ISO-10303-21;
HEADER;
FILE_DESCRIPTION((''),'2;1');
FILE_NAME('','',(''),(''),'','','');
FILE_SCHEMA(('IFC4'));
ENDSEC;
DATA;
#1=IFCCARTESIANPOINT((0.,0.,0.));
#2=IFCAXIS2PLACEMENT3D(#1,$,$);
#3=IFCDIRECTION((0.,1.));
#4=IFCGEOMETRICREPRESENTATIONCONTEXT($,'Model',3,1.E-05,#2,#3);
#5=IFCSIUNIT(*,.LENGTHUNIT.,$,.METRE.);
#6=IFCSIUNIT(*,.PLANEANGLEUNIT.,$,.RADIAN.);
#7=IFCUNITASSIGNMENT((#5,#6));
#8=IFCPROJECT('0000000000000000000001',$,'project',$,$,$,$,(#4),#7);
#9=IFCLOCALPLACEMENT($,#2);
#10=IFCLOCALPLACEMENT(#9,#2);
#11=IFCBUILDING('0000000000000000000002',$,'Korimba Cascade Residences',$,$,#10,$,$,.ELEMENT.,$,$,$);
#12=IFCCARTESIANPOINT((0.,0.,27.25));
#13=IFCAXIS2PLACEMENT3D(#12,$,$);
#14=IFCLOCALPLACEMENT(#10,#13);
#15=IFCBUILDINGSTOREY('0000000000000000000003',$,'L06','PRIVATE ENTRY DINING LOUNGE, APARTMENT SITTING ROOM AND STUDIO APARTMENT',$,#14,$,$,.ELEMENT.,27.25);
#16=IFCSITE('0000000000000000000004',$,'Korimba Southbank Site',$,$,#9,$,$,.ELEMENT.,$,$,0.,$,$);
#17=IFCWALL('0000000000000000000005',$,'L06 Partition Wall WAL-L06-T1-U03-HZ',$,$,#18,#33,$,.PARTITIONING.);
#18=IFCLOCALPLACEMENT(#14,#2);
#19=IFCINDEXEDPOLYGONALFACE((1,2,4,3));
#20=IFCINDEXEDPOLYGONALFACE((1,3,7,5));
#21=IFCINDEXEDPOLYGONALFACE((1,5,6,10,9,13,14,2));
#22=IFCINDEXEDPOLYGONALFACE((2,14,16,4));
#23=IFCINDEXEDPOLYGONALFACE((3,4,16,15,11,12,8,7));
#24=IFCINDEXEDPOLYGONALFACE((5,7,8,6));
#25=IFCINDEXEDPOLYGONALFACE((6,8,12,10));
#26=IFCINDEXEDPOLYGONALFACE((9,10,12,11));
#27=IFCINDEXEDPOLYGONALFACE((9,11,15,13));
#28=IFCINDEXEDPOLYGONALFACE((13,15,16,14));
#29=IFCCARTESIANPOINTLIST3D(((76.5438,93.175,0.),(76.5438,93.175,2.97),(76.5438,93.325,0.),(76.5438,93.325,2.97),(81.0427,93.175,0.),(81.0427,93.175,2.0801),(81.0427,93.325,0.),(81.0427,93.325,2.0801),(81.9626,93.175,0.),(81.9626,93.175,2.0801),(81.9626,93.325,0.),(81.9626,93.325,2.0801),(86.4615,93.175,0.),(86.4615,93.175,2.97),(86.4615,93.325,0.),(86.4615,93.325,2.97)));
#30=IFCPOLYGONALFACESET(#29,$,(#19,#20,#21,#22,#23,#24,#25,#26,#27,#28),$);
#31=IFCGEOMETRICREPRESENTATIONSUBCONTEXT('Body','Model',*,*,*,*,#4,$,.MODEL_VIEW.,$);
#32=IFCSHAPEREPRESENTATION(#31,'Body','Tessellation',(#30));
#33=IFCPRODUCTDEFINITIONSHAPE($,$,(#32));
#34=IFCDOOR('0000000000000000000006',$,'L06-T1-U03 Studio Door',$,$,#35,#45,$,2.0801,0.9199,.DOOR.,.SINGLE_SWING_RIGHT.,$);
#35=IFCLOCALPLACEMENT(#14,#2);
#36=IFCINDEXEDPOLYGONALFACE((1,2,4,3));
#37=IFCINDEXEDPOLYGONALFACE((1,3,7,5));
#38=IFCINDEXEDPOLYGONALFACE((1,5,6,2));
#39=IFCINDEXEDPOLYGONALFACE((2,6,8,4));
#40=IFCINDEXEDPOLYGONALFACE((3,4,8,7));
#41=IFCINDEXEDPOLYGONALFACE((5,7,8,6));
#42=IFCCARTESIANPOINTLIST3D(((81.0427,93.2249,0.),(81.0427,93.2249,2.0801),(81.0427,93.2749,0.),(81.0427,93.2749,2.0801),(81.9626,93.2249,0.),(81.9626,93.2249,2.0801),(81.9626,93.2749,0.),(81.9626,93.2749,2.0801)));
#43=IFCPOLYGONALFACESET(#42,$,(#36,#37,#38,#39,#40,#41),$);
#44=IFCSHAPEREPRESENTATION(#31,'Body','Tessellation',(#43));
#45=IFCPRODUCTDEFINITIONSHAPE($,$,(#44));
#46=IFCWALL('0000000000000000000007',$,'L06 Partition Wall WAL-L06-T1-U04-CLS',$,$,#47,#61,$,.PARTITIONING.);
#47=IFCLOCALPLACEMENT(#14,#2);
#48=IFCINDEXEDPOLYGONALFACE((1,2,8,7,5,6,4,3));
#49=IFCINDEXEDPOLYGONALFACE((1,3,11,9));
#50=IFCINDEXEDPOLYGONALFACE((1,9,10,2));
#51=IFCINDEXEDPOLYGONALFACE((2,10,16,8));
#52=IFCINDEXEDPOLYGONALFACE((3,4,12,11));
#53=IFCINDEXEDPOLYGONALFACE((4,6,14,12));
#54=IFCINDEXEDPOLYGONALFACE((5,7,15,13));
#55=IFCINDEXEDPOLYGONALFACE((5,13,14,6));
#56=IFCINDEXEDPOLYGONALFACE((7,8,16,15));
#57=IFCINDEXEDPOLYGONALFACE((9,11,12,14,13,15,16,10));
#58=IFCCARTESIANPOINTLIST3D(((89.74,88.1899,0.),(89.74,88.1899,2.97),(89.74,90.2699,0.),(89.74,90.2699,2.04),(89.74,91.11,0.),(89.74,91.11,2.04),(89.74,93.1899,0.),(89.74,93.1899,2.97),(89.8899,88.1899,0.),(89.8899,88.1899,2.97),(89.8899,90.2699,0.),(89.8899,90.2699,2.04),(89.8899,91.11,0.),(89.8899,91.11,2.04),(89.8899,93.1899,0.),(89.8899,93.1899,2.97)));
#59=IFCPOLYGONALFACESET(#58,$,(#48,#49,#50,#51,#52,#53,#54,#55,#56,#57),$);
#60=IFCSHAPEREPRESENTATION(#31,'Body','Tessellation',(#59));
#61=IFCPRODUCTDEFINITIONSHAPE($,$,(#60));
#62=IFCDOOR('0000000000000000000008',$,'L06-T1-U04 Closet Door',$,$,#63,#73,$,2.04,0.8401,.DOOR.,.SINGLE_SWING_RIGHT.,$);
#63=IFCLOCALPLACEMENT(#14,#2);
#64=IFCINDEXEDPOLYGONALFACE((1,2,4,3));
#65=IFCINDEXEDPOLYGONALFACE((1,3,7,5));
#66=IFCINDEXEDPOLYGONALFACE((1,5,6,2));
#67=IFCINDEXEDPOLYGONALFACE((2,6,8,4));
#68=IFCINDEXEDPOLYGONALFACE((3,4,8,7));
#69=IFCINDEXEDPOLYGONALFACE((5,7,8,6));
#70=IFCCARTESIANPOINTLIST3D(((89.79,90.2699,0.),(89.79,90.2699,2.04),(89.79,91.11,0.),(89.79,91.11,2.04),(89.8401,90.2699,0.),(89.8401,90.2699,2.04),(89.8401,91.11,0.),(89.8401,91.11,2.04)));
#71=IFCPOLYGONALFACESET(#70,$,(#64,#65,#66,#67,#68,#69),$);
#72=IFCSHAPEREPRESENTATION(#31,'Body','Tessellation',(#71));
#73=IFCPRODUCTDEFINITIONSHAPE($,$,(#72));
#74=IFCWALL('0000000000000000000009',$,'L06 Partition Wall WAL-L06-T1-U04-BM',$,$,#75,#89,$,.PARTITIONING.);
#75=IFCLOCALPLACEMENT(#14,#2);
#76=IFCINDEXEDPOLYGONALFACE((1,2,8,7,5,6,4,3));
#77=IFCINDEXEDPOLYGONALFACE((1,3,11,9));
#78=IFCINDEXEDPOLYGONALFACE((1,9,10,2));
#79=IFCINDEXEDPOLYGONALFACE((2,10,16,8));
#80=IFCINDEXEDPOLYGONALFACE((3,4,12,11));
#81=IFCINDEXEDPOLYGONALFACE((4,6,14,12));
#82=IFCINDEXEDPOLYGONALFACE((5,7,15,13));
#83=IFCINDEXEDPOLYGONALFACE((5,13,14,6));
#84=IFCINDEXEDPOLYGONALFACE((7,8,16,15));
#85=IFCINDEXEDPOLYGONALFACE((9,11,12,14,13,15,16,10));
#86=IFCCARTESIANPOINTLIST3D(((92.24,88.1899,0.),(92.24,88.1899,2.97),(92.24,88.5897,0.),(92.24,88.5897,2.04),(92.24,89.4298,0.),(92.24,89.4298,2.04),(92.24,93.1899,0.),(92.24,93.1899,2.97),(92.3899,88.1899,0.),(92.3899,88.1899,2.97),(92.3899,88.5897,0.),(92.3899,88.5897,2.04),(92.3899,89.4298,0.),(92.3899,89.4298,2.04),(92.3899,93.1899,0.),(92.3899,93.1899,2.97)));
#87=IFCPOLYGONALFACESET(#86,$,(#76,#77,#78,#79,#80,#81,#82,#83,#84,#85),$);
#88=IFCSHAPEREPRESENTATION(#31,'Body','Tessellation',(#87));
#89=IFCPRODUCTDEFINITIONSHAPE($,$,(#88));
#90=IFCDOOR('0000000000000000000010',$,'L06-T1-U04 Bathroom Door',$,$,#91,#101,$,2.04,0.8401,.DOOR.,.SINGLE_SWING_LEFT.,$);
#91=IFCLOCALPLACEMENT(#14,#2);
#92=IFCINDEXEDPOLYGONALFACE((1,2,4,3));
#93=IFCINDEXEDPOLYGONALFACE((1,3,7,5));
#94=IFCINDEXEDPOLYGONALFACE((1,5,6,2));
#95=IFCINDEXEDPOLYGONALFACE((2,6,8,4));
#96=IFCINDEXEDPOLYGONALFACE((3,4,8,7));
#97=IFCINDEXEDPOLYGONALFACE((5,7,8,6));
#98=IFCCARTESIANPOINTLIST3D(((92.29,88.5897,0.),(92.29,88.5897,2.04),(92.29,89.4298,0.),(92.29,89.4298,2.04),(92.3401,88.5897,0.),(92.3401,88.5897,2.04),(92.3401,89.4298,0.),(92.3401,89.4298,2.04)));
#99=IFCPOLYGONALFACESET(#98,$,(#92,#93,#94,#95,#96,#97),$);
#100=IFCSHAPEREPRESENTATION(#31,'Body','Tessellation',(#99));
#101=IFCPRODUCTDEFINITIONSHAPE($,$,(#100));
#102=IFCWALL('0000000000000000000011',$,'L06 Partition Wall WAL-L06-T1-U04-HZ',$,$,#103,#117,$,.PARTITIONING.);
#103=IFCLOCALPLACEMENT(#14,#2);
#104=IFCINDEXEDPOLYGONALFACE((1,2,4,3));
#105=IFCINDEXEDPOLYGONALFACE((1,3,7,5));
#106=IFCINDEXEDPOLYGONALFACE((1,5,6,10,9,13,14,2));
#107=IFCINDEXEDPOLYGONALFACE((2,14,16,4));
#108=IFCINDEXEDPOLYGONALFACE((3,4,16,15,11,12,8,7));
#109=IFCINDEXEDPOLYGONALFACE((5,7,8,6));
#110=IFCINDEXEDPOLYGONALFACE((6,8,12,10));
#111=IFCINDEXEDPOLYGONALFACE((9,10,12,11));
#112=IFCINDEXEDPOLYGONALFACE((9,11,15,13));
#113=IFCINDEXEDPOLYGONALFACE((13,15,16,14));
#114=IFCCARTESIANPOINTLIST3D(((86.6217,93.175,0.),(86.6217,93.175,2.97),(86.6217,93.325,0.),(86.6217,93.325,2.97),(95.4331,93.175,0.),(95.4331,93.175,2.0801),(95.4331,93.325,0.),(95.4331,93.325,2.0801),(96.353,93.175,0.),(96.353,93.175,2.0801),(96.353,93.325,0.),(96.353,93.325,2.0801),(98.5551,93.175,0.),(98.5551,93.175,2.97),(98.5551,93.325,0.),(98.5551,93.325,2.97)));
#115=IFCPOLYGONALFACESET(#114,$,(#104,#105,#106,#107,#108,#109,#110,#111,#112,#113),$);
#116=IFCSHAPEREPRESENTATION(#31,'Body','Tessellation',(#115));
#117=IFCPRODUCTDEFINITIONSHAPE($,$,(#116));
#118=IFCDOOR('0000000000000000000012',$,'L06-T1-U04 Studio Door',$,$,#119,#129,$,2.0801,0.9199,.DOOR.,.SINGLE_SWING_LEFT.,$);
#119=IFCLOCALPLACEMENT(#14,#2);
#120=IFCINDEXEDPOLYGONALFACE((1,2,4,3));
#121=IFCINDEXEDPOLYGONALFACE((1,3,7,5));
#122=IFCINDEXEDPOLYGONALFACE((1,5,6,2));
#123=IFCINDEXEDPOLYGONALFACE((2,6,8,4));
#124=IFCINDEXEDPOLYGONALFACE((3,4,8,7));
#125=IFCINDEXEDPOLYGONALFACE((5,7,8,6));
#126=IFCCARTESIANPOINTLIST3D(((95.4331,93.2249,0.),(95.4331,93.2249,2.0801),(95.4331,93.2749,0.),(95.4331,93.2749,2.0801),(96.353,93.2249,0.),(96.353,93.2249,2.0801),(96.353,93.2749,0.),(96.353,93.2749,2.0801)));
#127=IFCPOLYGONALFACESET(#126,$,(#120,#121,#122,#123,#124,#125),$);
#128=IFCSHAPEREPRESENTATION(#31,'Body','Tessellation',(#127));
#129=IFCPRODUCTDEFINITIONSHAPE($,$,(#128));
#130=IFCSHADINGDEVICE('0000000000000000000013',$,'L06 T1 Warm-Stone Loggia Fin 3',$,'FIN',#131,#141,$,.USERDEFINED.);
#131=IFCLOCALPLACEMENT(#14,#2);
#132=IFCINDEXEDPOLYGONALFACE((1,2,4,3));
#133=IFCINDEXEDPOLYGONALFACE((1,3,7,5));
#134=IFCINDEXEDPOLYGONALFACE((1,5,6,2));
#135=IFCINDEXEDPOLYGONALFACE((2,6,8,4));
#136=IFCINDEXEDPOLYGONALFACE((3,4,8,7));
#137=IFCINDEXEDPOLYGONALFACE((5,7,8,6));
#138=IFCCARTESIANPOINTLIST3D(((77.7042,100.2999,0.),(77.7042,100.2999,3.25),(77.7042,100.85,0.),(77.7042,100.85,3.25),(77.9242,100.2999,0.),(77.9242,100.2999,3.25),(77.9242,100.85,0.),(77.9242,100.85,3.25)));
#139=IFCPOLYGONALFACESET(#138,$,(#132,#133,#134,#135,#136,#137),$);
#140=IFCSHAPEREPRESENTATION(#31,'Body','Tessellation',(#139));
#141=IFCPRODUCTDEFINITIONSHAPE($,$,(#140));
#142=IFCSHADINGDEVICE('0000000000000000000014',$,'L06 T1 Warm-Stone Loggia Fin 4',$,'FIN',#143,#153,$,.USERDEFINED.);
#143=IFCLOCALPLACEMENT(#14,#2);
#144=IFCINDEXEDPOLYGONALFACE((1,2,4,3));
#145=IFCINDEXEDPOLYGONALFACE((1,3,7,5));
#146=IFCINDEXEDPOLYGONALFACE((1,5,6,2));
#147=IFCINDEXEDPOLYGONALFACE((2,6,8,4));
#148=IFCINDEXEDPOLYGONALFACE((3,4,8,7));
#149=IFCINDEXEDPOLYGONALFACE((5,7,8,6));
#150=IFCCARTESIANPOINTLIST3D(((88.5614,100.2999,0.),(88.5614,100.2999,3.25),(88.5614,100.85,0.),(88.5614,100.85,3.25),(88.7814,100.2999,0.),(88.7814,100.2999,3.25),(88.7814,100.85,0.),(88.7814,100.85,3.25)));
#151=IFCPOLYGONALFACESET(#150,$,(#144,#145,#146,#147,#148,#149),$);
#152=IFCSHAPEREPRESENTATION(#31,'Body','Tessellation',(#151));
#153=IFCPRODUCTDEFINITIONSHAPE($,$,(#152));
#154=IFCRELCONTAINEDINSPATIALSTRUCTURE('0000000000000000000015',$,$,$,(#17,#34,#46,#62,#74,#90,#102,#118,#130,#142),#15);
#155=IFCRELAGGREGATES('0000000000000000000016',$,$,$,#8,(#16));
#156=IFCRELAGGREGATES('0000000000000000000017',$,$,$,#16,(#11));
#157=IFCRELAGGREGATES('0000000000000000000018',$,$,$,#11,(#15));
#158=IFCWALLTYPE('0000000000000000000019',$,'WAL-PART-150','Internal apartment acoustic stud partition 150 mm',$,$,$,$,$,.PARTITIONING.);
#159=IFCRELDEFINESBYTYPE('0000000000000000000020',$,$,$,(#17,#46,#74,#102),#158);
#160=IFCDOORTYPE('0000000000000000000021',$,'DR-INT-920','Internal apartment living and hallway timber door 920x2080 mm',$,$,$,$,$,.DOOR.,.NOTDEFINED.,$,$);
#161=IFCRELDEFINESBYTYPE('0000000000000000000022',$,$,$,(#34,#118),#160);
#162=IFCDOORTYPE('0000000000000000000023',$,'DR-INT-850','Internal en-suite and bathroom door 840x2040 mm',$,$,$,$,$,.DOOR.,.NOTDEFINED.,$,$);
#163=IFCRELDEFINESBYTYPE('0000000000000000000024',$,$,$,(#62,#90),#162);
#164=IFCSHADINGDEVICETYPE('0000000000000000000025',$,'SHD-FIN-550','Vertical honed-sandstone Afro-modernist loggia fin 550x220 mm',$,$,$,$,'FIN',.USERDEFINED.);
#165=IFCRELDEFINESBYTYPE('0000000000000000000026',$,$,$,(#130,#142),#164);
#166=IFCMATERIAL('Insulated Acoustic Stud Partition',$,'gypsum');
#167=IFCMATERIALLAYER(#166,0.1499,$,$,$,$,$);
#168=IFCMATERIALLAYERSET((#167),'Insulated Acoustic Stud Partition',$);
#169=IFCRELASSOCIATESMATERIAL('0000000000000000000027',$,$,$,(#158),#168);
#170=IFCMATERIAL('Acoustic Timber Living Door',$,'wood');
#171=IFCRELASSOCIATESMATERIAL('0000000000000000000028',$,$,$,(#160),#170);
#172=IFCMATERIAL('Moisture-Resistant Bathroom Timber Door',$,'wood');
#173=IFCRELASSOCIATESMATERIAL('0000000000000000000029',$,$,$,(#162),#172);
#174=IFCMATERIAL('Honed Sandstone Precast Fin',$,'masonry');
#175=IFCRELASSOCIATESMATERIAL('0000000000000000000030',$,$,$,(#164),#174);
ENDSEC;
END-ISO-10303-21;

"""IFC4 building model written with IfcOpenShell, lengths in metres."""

from ifc_helpers import new_model, si_unit, direction, frame, frame_2d, origin, origin_2d, place, context, subcontext, project, spatial, rectangle, extrude, material, layer, layer_set, type_object, element, fill, save


model = new_model("IFC4")

# Units and contexts
model_context = context("Model", 3, precision=1e-05, world=origin(), true_north=direction((0.0, 1.0)))
body_context = subcontext(model_context, "Body", "Model", "MODEL_VIEW")
ifc_project = project(units=[si_unit("LENGTHUNIT", "METRE"), si_unit("PLANEANGLEUNIT", "RADIAN")], contexts=[model_context])

# Site, building, storey
site_placement = place(None, origin())
site = spatial("IfcSite", under=ifc_project, at=site_placement, Name="Korimba Southbank Site", CompositionType="ELEMENT", RefElevation=0.0)
building_placement = place(site_placement, origin())
building = spatial("IfcBuilding", under=site, at=building_placement, Name="Korimba Cascade Residences", CompositionType="ELEMENT")
storey_placement = place(building_placement, frame((0.0, 0.0, 27.25)))
storey = spatial("IfcBuildingStorey", under=building, at=storey_placement, Name="L06", Description="PRIVATE ENTRY DINING LOUNGE, APARTMENT SITTING ROOM AND STUDIO APARTMENT", CompositionType="ELEMENT", Elevation=27.25)

# Walls, openings, doors
ifc_material_1 = material(Name="Insulated Acoustic Stud Partition", Category="gypsum")
ifc_layer = layer(ifc_material_1, 0.1499)
ifc_layer_set = layer_set([ifc_layer], Name="Insulated Acoustic Stud Partition")
wall_type = type_object("IfcWallType", Name="WAL-PART-150", Description="Internal apartment acoustic stud partition 150 mm", PredefinedType="PARTITIONING", material=ifc_layer_set)
wall_1_placement = place(storey_placement, frame((76.5437, 93.25, 0.0), z_axis=(0.0, 0.0, 1.0), x_axis=(1.0, 0.0, 0.0)))
wall_1 = element("IfcWall", 1, at=wall_1_placement, inside=storey, type_object=wall_type, Name="L06 Partition Wall WAL-L06-T1-U03-HZ", PredefinedType="PARTITIONING", context=body_context, shape_type="SweptSolid", body=[
    extrude(rectangle(XDim=9.9177, YDim=0.1499, at=frame_2d((4.959, 0.0))), origin(), (0.0, 0.0, 1.0), 2.97),
])
opening_1_placement = place(wall_1_placement, frame((4.499, 0.0, 0.0)))
opening_1 = element("IfcOpeningElement", 2, at=opening_1_placement, cuts=wall_1, PredefinedType="OPENING", context=body_context, shape_type="SweptSolid", body=[
    extrude(rectangle(XDim=0.9199, YDim=2.0801, at=frame_2d((0.46, 1.04))), frame((0.0, 0.085, 0.0), z_axis=(0.0, -1.0, 0.0), x_axis=(1.0, 0.0, 0.0)), (0.0, 0.0, 1.0), 0.1699),
])
ifc_material_2 = material(Name="Acoustic Timber Living Door", Category="wood")
door_type_1 = type_object("IfcDoorType", Name="DR-INT-920", Description="Internal apartment living and hallway timber door 920x2080 mm", OperationType="NOTDEFINED", PredefinedType="DOOR", material=ifc_material_2)
door_1_placement = place(opening_1_placement, origin())
door_1 = element("IfcDoor", 3, at=door_1_placement, inside=storey, type_object=door_type_1, Name="L06-T1-U03 Studio Door", OperationType="SINGLE_SWING_RIGHT", OverallHeight=2.0801, OverallWidth=0.9199, PredefinedType="DOOR", context=body_context, shape_type="SweptSolid", body=[
    extrude(rectangle(XDim=0.9199, YDim=2.0801, at=frame_2d((0.46, 1.04))), frame((0.0, 0.0249, 0.0), z_axis=(0.0, -1.0, 0.0), x_axis=(1.0, 0.0, 0.0)), (0.0, 0.0, 1.0), 0.05),
])
fill(opening_1, door_1)
wall_2_placement = place(storey_placement, frame((89.8149, 88.1899, 0.0), z_axis=(0.0, 0.0, 1.0), x_axis=(0.0, 1.0, 0.0)))
wall_2 = element("IfcWall", 4, at=wall_2_placement, inside=storey, type_object=wall_type, Name="L06 Partition Wall WAL-L06-T1-U04-CLS", PredefinedType="PARTITIONING", context=body_context, shape_type="SweptSolid", body=[
    extrude(rectangle(XDim=5.0, YDim=0.1499, at=frame_2d((2.5, 0.0))), origin(), (0.0, 0.0, 1.0), 2.97),
])
opening_2_placement = place(wall_2_placement, frame((2.0801, 0.0, 0.0)))
opening_2 = element("IfcOpeningElement", 5, at=opening_2_placement, cuts=wall_2, PredefinedType="OPENING", context=body_context, shape_type="SweptSolid", body=[
    extrude(rectangle(XDim=0.8401, YDim=2.04, at=frame_2d((0.4199, 1.02))), frame((0.0, 0.085, 0.0), z_axis=(0.0, -1.0, 0.0), x_axis=(1.0, 0.0, 0.0)), (0.0, 0.0, 1.0), 0.1699),
])
ifc_material_3 = material(Name="Moisture-Resistant Bathroom Timber Door", Category="wood")
door_type_2 = type_object("IfcDoorType", Name="DR-INT-850", Description="Internal en-suite and bathroom door 840x2040 mm", OperationType="NOTDEFINED", PredefinedType="DOOR", material=ifc_material_3)
door_2_placement = place(opening_2_placement, origin())
door_2 = element("IfcDoor", 6, at=door_2_placement, inside=storey, type_object=door_type_2, Name="L06-T1-U04 Closet Door", OperationType="SINGLE_SWING_RIGHT", OverallHeight=2.04, OverallWidth=0.8401, PredefinedType="DOOR", context=body_context, shape_type="SweptSolid", body=[
    extrude(rectangle(XDim=0.8401, YDim=2.04, at=frame_2d((0.4199, 1.02))), frame((0.0, 0.0249, 0.0), z_axis=(0.0, -1.0, 0.0), x_axis=(1.0, 0.0, 0.0)), (0.0, 0.0, 1.0), 0.05),
])
fill(opening_2, door_2)
wall_3_placement = place(storey_placement, frame((92.3149, 88.1899, 0.0), z_axis=(0.0, 0.0, 1.0), x_axis=(0.0, 1.0, 0.0)))
wall_3 = element("IfcWall", 7, at=wall_3_placement, inside=storey, type_object=wall_type, Name="L06 Partition Wall WAL-L06-T1-U04-BM", PredefinedType="PARTITIONING", context=body_context, shape_type="SweptSolid", body=[
    extrude(rectangle(XDim=5.0, YDim=0.1499, at=frame_2d((2.5, 0.0))), origin(), (0.0, 0.0, 1.0), 2.97),
])
opening_3_placement = place(wall_3_placement, frame((0.3999, 0.0, 0.0)))
opening_3 = element("IfcOpeningElement", 8, at=opening_3_placement, cuts=wall_3, PredefinedType="OPENING", context=body_context, shape_type="SweptSolid", body=[
    extrude(rectangle(XDim=0.8401, YDim=2.04, at=frame_2d((0.4199, 1.02))), frame((0.0, 0.085, 0.0), z_axis=(0.0, -1.0, 0.0), x_axis=(1.0, 0.0, 0.0)), (0.0, 0.0, 1.0), 0.1699),
])
door_3_placement = place(opening_3_placement, origin())
door_3 = element("IfcDoor", 9, at=door_3_placement, inside=storey, type_object=door_type_2, Name="L06-T1-U04 Bathroom Door", OperationType="SINGLE_SWING_LEFT", OverallHeight=2.04, OverallWidth=0.8401, PredefinedType="DOOR", context=body_context, shape_type="SweptSolid", body=[
    extrude(rectangle(XDim=0.8401, YDim=2.04, at=frame_2d((0.4199, 1.02))), frame((0.0, 0.0249, 0.0), z_axis=(0.0, -1.0, 0.0), x_axis=(1.0, 0.0, 0.0)), (0.0, 0.0, 1.0), 0.05),
])
fill(opening_3, door_3)
wall_4_placement = place(storey_placement, frame((86.6216, 93.25, 0.0), z_axis=(0.0, 0.0, 1.0), x_axis=(1.0, 0.0, 0.0)))
wall_4 = element("IfcWall", 10, at=wall_4_placement, inside=storey, type_object=wall_type, Name="L06 Partition Wall WAL-L06-T1-U04-HZ", PredefinedType="PARTITIONING", context=body_context, shape_type="SweptSolid", body=[
    extrude(rectangle(XDim=11.9333, YDim=0.1499, at=frame_2d((5.9668, 0.0))), origin(), (0.0, 0.0, 1.0), 2.97),
])
opening_4_placement = place(wall_4_placement, frame((8.8115, 0.0, 0.0)))
opening_4 = element("IfcOpeningElement", 11, at=opening_4_placement, cuts=wall_4, PredefinedType="OPENING", context=body_context, shape_type="SweptSolid", body=[
    extrude(rectangle(XDim=0.9199, YDim=2.0801, at=frame_2d((0.46, 1.04))), frame((0.0, 0.085, 0.0), z_axis=(0.0, -1.0, 0.0), x_axis=(1.0, 0.0, 0.0)), (0.0, 0.0, 1.0), 0.1699),
])
door_4_placement = place(opening_4_placement, origin())
door_4 = element("IfcDoor", 12, at=door_4_placement, inside=storey, type_object=door_type_1, Name="L06-T1-U04 Studio Door", OperationType="SINGLE_SWING_LEFT", OverallHeight=2.0801, OverallWidth=0.9199, PredefinedType="DOOR", context=body_context, shape_type="SweptSolid", body=[
    extrude(rectangle(XDim=0.9199, YDim=2.0801, at=frame_2d((0.46, 1.04))), frame((0.0, 0.0249, 0.0), z_axis=(0.0, -1.0, 0.0), x_axis=(1.0, 0.0, 0.0)), (0.0, 0.0, 1.0), 0.05),
])
fill(opening_4, door_4)

# Shading devices
ifc_material_4 = material(Name="Honed Sandstone Precast Fin", Category="masonry")
shading_device_type = type_object("IfcShadingDeviceType", Name="SHD-FIN-550", Description="Vertical honed-sandstone Afro-modernist loggia fin 550x220 mm", ElementType="FIN", PredefinedType="USERDEFINED", material=ifc_material_4)
for number, where, z_axis, x_axis, name in (
    (13, (77.8142, 100.575, 0.0), (0.0, 0.0, 1.0), (1.0, 0.0, 0.0), "L06 T1 Warm-Stone Loggia Fin 3"),
    (14, (88.6714, 100.575, 0.0), (0.0, 0.0, 1.0), (1.0, 0.0, 0.0), "L06 T1 Warm-Stone Loggia Fin 4"),
):
    element("IfcShadingDevice", number, at=place(storey_placement, frame(where, z_axis=z_axis, x_axis=x_axis)), inside=storey, type_object=shading_device_type, Name=name, ObjectType="FIN", PredefinedType="USERDEFINED", context=body_context, shape_type="SweptSolid", body=[
        extrude(rectangle(XDim=0.22, YDim=0.55, at=origin_2d()), origin(), (0.0, 0.0, 1.0), 3.25),
    ])

save(model, "model.ifc")
